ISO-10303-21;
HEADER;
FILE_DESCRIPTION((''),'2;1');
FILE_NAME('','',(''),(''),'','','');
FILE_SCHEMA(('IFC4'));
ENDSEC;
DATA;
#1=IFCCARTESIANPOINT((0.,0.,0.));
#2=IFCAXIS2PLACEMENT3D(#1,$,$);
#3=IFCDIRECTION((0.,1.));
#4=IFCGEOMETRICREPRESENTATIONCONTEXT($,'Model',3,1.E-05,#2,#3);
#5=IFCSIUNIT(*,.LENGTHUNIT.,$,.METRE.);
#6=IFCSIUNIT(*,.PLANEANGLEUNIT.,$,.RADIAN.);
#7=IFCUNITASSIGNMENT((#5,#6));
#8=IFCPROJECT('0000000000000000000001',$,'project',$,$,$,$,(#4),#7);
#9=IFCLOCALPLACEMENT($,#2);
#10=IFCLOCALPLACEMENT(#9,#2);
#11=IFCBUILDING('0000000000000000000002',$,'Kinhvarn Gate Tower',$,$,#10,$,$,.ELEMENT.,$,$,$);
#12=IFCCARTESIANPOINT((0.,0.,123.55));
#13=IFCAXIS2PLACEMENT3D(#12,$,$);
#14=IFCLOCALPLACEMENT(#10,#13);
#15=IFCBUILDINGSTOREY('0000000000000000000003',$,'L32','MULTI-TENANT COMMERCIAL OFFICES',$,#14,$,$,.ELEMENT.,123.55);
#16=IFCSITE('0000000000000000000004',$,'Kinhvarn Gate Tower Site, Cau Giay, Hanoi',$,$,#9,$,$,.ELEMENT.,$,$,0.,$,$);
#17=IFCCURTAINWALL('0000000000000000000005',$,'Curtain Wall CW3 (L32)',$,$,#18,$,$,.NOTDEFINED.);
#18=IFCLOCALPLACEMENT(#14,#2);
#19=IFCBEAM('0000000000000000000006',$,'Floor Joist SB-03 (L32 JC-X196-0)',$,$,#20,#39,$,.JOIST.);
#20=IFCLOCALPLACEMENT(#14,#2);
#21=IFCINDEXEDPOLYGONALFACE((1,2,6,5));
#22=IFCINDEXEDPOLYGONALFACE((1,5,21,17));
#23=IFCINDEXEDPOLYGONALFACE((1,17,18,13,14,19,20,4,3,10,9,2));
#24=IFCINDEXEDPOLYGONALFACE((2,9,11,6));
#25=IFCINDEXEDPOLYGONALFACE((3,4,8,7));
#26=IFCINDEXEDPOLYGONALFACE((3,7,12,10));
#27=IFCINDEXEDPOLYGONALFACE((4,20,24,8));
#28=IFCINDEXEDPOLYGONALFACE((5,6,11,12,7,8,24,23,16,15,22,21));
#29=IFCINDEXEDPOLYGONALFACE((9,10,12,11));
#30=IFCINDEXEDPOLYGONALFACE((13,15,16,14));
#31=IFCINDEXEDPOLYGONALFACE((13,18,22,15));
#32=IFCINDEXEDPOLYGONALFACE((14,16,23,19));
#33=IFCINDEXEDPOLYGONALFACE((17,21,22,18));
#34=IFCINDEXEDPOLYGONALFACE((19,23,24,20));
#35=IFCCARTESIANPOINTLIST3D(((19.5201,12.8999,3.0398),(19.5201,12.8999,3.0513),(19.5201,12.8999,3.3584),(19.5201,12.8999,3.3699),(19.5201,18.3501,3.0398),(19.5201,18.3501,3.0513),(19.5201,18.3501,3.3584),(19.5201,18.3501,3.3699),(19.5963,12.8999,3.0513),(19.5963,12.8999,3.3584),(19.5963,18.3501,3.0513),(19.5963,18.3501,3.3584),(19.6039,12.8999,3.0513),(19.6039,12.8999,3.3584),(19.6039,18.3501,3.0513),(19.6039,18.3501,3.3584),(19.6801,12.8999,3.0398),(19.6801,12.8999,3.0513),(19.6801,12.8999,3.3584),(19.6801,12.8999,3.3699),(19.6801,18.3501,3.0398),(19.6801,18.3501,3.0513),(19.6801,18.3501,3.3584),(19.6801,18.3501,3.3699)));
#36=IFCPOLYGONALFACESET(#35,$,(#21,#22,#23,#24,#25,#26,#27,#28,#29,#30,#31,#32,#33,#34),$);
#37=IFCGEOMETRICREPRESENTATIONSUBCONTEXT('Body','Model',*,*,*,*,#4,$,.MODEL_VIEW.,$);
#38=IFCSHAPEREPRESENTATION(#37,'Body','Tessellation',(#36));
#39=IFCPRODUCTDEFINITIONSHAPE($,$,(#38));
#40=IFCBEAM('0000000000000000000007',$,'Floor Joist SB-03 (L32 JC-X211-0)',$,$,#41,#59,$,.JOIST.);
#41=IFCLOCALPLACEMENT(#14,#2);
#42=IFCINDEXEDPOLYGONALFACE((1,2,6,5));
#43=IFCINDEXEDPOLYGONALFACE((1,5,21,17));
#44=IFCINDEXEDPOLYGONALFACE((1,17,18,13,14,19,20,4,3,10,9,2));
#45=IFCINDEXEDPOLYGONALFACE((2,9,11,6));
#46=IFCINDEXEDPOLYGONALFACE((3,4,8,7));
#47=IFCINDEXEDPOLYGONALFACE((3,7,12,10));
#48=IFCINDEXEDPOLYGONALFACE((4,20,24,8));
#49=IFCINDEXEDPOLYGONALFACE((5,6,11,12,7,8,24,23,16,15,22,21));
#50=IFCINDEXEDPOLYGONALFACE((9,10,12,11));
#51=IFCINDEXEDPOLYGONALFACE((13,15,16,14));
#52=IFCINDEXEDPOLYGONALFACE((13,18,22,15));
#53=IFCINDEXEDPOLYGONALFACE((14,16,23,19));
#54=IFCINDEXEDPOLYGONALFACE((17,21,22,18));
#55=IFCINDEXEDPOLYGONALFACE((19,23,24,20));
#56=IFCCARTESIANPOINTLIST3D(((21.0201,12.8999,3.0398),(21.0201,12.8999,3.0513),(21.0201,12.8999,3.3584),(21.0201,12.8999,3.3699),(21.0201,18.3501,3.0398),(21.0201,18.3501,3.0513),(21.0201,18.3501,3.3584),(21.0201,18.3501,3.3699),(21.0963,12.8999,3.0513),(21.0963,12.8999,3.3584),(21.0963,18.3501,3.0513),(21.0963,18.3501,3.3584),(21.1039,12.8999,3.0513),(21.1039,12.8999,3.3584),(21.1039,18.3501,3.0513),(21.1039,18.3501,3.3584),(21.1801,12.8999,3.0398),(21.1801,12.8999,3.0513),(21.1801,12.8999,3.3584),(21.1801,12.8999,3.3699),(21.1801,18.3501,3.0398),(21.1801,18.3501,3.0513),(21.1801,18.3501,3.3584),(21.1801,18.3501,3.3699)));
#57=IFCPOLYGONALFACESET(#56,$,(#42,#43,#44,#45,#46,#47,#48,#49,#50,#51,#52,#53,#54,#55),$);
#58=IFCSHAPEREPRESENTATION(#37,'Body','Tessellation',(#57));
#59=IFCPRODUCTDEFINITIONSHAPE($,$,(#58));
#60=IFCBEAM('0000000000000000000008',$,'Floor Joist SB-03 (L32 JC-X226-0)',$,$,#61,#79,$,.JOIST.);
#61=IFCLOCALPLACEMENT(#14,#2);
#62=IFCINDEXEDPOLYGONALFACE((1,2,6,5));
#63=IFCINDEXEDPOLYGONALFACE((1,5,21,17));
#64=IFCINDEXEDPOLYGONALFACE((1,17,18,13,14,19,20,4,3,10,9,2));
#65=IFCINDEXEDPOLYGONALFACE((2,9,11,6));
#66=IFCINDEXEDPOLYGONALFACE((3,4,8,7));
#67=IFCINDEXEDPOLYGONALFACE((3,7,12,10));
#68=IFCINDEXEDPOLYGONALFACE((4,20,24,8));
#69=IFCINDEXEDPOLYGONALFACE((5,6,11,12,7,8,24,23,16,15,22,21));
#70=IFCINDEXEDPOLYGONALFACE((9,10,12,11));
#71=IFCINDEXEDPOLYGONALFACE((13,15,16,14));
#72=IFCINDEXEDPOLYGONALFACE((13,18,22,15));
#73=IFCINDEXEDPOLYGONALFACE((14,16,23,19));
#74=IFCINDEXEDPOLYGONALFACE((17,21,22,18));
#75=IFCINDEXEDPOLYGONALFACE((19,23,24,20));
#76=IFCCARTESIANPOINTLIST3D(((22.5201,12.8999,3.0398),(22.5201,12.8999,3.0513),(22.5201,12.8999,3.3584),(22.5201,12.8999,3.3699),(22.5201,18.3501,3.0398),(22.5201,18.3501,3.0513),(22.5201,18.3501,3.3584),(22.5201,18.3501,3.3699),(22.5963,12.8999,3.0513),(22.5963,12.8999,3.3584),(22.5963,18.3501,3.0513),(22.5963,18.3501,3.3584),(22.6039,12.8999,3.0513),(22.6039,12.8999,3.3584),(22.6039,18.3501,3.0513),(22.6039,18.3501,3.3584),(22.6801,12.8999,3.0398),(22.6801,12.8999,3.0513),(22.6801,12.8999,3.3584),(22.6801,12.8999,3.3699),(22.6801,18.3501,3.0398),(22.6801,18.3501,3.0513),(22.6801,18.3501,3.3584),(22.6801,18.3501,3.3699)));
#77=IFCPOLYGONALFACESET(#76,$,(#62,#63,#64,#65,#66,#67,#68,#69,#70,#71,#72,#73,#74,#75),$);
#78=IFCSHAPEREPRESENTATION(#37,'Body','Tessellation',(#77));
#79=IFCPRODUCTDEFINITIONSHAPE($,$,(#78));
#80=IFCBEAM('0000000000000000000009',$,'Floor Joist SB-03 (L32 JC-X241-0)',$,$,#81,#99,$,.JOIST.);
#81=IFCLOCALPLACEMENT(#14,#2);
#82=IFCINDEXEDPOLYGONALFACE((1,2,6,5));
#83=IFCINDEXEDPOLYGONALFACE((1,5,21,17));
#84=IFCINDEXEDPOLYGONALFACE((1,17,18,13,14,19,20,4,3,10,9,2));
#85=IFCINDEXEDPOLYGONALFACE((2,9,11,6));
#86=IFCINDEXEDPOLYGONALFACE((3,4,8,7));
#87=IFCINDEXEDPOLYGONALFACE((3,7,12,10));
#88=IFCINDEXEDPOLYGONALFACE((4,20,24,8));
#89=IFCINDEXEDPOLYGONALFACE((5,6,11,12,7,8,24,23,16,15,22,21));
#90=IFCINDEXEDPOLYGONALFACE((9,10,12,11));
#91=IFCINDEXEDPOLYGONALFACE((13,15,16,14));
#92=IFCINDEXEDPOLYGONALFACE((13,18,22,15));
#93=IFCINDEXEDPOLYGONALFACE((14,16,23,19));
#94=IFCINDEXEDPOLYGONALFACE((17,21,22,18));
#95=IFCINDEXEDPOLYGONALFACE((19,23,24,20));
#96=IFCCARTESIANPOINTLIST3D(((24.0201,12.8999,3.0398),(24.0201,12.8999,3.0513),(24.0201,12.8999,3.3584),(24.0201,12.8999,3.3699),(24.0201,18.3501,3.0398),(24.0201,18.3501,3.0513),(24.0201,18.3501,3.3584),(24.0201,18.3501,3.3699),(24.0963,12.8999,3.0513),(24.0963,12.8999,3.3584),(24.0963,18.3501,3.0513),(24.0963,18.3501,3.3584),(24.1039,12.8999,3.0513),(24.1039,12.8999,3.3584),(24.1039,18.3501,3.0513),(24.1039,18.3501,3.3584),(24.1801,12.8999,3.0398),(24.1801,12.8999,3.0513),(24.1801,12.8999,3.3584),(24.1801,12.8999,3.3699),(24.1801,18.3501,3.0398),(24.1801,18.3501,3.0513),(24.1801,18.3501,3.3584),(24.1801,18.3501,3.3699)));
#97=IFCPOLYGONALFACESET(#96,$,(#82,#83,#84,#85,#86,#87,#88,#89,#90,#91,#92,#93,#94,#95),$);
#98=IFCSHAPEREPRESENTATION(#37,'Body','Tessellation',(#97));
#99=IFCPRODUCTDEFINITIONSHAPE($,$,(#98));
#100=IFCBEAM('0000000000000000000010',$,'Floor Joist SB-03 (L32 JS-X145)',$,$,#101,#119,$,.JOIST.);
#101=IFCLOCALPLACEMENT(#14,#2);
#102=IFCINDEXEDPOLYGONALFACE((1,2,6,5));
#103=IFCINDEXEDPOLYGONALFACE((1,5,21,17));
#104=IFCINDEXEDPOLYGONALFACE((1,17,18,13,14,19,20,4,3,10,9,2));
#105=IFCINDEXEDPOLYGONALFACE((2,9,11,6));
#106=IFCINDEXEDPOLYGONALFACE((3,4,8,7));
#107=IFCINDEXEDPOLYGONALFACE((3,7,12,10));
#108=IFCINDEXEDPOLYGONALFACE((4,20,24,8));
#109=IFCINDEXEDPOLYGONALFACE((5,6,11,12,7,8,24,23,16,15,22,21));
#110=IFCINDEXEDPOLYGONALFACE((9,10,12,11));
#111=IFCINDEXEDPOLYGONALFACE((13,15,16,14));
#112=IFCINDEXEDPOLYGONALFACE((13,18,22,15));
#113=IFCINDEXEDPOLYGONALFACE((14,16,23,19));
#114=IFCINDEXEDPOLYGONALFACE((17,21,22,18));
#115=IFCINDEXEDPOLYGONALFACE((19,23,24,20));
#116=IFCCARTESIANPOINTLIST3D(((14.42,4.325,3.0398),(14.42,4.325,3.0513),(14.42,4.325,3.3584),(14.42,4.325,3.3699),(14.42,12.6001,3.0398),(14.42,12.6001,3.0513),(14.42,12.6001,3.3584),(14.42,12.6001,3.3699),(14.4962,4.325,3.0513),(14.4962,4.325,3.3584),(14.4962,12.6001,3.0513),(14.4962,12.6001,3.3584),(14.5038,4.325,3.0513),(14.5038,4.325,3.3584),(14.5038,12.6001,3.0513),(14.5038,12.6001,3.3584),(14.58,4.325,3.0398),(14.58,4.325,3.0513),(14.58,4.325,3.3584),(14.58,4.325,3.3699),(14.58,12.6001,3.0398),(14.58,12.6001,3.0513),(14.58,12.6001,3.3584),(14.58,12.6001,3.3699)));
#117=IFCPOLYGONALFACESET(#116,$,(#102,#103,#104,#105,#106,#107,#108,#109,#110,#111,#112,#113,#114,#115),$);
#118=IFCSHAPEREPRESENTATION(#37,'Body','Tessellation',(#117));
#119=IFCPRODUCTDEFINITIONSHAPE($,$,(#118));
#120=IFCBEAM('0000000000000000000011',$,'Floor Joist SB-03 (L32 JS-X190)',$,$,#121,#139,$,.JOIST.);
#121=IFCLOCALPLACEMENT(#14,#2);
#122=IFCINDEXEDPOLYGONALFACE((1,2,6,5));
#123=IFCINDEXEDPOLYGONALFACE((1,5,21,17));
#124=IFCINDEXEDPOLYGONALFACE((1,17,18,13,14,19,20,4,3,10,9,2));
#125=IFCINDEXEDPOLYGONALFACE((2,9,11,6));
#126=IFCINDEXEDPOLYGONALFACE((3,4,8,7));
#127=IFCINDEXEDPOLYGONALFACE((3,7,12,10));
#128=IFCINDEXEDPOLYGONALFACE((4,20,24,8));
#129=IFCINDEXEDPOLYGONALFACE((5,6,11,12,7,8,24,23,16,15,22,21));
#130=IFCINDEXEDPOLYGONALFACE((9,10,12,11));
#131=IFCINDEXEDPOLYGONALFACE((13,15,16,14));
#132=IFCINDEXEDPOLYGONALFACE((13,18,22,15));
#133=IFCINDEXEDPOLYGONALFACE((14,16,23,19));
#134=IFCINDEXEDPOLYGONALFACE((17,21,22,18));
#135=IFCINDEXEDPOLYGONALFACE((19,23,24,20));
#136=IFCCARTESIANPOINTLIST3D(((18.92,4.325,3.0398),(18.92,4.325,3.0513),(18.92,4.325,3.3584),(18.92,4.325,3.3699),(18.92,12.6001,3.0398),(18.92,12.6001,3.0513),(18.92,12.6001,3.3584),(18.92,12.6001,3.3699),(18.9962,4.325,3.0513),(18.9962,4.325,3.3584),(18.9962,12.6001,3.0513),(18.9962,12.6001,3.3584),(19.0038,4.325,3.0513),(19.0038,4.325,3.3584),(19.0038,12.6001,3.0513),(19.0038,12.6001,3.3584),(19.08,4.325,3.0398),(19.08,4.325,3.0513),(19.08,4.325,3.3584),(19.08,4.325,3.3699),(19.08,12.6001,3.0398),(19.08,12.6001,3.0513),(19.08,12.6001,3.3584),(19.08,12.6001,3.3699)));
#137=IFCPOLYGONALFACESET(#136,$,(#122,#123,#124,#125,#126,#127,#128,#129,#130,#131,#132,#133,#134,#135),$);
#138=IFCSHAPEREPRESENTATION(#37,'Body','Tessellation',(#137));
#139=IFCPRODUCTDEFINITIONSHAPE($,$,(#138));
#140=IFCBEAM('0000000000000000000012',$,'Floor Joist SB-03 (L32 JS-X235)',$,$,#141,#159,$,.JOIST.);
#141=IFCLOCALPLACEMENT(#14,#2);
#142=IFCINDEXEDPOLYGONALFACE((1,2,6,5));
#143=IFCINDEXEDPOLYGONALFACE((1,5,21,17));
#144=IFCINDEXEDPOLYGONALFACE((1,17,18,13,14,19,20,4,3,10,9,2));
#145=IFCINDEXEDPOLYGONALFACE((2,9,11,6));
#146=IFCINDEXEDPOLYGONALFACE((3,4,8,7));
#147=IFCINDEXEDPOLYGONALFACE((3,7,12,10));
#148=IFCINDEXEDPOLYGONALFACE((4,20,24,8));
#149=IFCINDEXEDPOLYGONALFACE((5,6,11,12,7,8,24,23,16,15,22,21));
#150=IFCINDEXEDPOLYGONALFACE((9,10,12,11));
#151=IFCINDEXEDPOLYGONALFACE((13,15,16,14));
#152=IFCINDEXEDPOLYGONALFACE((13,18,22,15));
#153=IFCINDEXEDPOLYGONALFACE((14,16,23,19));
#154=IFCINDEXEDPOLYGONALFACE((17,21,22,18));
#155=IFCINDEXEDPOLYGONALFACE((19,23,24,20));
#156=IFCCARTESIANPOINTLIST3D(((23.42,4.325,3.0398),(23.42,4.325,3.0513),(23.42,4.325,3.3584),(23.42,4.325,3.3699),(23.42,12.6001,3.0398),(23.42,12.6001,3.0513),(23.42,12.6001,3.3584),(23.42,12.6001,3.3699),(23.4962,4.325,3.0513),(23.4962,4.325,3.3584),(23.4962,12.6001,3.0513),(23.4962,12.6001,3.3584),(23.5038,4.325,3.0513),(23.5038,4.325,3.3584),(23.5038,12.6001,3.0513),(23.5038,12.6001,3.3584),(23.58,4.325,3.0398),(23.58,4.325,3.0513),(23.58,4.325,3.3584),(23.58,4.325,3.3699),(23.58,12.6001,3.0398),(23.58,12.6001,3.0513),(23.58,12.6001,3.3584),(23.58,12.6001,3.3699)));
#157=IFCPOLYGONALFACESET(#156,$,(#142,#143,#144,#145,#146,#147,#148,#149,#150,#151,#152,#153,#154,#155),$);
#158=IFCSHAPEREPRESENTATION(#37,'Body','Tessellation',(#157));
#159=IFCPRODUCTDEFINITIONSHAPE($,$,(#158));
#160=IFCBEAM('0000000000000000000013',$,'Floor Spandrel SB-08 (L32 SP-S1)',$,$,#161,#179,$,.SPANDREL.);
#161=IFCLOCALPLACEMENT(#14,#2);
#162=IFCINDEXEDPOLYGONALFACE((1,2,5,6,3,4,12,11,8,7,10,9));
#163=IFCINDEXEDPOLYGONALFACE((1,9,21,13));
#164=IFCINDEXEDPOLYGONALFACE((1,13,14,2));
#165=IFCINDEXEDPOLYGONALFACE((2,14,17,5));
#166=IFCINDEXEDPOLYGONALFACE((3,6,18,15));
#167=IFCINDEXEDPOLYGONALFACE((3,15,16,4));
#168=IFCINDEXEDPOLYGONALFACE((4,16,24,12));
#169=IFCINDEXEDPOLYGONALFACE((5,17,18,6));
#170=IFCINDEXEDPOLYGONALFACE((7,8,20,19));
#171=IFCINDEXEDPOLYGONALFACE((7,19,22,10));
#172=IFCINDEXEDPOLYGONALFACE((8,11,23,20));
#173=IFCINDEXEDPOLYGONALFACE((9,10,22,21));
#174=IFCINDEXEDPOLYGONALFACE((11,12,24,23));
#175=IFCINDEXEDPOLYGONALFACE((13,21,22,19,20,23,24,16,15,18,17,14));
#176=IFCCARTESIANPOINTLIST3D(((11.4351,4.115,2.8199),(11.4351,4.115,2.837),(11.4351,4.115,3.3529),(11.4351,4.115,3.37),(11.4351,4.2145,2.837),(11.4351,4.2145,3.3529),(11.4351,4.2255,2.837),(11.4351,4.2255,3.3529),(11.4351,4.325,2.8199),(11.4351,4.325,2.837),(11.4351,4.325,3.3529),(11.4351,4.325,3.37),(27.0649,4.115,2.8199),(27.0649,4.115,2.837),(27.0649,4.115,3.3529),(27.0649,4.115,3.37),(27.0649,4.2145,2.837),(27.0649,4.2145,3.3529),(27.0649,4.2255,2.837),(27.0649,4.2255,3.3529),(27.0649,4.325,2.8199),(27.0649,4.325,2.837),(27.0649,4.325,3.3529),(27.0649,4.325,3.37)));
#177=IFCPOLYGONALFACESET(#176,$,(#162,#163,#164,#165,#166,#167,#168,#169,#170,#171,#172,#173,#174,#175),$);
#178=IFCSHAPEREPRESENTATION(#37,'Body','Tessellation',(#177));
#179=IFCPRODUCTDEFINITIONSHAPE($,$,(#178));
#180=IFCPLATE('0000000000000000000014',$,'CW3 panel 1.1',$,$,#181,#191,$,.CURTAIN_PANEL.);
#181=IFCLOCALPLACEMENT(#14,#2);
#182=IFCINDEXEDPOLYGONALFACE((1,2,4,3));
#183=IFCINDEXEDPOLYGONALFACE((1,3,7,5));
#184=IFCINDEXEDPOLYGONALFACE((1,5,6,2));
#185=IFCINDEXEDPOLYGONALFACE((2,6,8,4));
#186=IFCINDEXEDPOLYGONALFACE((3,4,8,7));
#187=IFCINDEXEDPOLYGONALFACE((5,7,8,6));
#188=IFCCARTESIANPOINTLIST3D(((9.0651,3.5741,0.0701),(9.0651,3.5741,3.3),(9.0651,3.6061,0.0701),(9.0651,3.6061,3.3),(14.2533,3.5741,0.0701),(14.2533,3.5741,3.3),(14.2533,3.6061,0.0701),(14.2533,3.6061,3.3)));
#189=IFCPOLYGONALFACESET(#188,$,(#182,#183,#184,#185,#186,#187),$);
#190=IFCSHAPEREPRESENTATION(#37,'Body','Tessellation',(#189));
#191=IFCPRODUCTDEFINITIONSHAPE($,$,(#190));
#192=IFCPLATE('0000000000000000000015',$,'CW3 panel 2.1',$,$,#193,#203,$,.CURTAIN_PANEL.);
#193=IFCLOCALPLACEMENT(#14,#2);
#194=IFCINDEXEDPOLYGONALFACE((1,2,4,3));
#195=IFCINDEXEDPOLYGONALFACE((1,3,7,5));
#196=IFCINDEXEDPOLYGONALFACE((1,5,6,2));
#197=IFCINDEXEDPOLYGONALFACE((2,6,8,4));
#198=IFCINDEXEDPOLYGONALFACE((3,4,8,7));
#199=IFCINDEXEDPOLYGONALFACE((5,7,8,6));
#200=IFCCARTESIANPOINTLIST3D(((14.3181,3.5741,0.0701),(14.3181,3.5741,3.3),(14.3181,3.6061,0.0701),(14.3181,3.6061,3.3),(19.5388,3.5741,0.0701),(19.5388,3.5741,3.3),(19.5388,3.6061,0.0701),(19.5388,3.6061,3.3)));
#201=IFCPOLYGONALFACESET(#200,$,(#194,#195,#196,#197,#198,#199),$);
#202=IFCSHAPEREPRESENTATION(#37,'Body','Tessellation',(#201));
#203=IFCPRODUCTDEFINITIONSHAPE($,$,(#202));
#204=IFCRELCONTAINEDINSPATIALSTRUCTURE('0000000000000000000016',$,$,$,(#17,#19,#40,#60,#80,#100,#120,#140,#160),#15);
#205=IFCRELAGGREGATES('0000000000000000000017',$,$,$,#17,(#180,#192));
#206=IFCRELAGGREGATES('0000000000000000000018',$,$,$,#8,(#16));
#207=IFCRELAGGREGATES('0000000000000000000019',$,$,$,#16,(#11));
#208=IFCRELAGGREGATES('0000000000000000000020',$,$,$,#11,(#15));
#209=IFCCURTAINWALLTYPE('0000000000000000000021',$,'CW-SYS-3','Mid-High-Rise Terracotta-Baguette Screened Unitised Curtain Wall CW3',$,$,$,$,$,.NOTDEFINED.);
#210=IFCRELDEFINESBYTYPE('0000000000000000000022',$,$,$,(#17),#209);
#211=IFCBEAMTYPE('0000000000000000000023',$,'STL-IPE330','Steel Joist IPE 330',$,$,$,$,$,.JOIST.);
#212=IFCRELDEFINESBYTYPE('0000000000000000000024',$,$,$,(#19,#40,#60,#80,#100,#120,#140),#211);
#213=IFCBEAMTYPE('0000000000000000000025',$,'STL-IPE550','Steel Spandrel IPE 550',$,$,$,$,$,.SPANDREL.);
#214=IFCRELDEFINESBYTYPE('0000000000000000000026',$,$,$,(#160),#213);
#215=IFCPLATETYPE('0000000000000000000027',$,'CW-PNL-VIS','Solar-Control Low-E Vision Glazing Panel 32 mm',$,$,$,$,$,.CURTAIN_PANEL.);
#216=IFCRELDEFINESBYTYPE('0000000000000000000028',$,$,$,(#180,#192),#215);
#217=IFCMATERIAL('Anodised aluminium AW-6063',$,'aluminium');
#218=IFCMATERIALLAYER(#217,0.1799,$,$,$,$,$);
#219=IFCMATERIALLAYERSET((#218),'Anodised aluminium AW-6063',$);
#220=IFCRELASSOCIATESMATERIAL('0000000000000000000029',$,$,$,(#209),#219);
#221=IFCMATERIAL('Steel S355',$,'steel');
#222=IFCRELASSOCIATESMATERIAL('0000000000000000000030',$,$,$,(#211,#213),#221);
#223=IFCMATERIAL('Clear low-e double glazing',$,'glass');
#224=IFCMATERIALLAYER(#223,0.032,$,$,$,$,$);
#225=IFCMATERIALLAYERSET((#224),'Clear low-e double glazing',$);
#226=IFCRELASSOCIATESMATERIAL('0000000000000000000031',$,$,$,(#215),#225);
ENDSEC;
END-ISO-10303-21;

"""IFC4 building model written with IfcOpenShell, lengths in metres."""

from ifc_helpers import new_model, si_unit, direction, frame, origin, origin_2d, place, context, subcontext, project, spatial, rectangle, i_section, extrude, material, layer, layer_set, material_profile, profile_set, type_object, element, aggregate, save


model = new_model("IFC4")

# Units and contexts
model_context = context("Model", 3, precision=1e-05, world=origin(), true_north=direction((0.0, 1.0)))
body_context = subcontext(model_context, "Body", "Model", "MODEL_VIEW")
ifc_project = project(units=[si_unit("LENGTHUNIT", "METRE"), si_unit("PLANEANGLEUNIT", "RADIAN")], contexts=[model_context])

# Site, building, storey
site_placement = place(None, origin())
site = spatial("IfcSite", under=ifc_project, at=site_placement, Name="Kinhvarn Gate Tower Site, Cau Giay, Hanoi", CompositionType="ELEMENT", RefElevation=0.0)
building_placement = place(site_placement, origin())
building = spatial("IfcBuilding", under=site, at=building_placement, Name="Kinhvarn Gate Tower", CompositionType="ELEMENT")
storey_placement = place(building_placement, frame((0.0, 0.0, 123.55)))
storey = spatial("IfcBuildingStorey", under=building, at=storey_placement, Name="L32", Description="MULTI-TENANT COMMERCIAL OFFICES", CompositionType="ELEMENT", Elevation=123.55)

# Curtain wall
ifc_material_1 = material(Name="Anodised aluminium AW-6063", Category="aluminium")
ifc_layer_1 = layer(ifc_material_1, 0.1799)
ifc_layer_set_1 = layer_set([ifc_layer_1], Name="Anodised aluminium AW-6063")
curtain_wall_type = type_object("IfcCurtainWallType", Name="CW-SYS-3", Description="Mid-High-Rise Terracotta-Baguette Screened Unitised Curtain Wall CW3", PredefinedType="NOTDEFINED", material=ifc_layer_set_1)
curtain_wall_placement = place(storey_placement, origin())
curtain_wall = element("IfcCurtainWall", 1, at=curtain_wall_placement, inside=storey, type_object=curtain_wall_type, Name="Curtain Wall CW3 (L32)", PredefinedType="NOTDEFINED")

# Beams
ifc_material_2 = material(Name="Steel S355", Category="steel")
ifc_material_profile_1 = material_profile(ifc_material_2, i_section(OverallWidth=0.1599, OverallDepth=0.3301, WebThickness=0.0076, FlangeThickness=0.0115, at=origin_2d()), Name="IPE 330")
ifc_profile_set_1 = profile_set([ifc_material_profile_1], Name="Steel S355")
beam_type_1 = type_object("IfcBeamType", Name="STL-IPE330", Description="Steel Joist IPE 330", PredefinedType="JOIST", material=ifc_profile_set_1)
for number, where, z_axis, x_axis, name in (
    (2, (19.6001, 12.8999, 3.2048), (0.0, 1.0, 0.0), (-1.0, 0.0, 0.0), "Floor Joist SB-03 (L32 JC-X196-0)"),
    (3, (21.1001, 12.8999, 3.2048), (0.0, 1.0, 0.0), (-1.0, 0.0, 0.0), "Floor Joist SB-03 (L32 JC-X211-0)"),
    (4, (22.6001, 12.8999, 3.2048), (0.0, 1.0, 0.0), (-1.0, 0.0, 0.0), "Floor Joist SB-03 (L32 JC-X226-0)"),
    (5, (24.1001, 12.8999, 3.2048), (0.0, 1.0, 0.0), (-1.0, 0.0, 0.0), "Floor Joist SB-03 (L32 JC-X241-0)"),
):
    element("IfcBeam", number, at=place(storey_placement, frame(where, z_axis=z_axis, x_axis=x_axis)), inside=storey, type_object=beam_type_1, Name=name, PredefinedType="JOIST", context=body_context, shape_type="SweptSolid", body=[
        extrude(i_section(OverallWidth=0.1599, OverallDepth=0.3301, WebThickness=0.0076, FlangeThickness=0.0115, at=origin_2d()), origin(), (0.0, 0.0, 1.0), 5.4502),
    ])
for number, where, z_axis, x_axis, name in (
    (6, (14.5, 4.325, 3.2048), (0.0, 1.0, 0.0), (-1.0, 0.0, 0.0), "Floor Joist SB-03 (L32 JS-X145)"),
    (7, (19.0, 4.325, 3.2048), (0.0, 1.0, 0.0), (-1.0, 0.0, 0.0), "Floor Joist SB-03 (L32 JS-X190)"),
    (8, (23.5, 4.325, 3.2048), (0.0, 1.0, 0.0), (-1.0, 0.0, 0.0), "Floor Joist SB-03 (L32 JS-X235)"),
):
    element("IfcBeam", number, at=place(storey_placement, frame(where, z_axis=z_axis, x_axis=x_axis)), inside=storey, type_object=beam_type_1, Name=name, PredefinedType="JOIST", context=body_context, shape_type="SweptSolid", body=[
        extrude(i_section(OverallWidth=0.1599, OverallDepth=0.3301, WebThickness=0.0076, FlangeThickness=0.0115, at=origin_2d()), origin(), (0.0, 0.0, 1.0), 8.2751),
    ])
ifc_material_profile_2 = material_profile(ifc_material_2, i_section(OverallWidth=0.21, OverallDepth=0.55, WebThickness=0.011, FlangeThickness=0.0171, at=origin_2d()), Name="IPE 550")
ifc_profile_set_2 = profile_set([ifc_material_profile_2], Name="Steel S355")
beam_type_2 = type_object("IfcBeamType", Name="STL-IPE550", Description="Steel Spandrel IPE 550", PredefinedType="SPANDREL", material=ifc_profile_set_2)
beam_1_placement = place(storey_placement, frame((11.4351, 4.22, 3.095), z_axis=(1.0, 0.0, 0.0), x_axis=(0.0, 1.0, 0.0)))
element("IfcBeam", 9, at=beam_1_placement, inside=storey, type_object=beam_type_2, Name="Floor Spandrel SB-08 (L32 SP-S1)", PredefinedType="SPANDREL", context=body_context, shape_type="SweptSolid", body=[
    extrude(i_section(OverallWidth=0.21, OverallDepth=0.55, WebThickness=0.011, FlangeThickness=0.0171, at=origin_2d()), origin(), (0.0, 0.0, 1.0), 15.6299),
])

# Plates
ifc_material_3 = material(Name="Clear low-e double glazing", Category="glass")
ifc_layer_2 = layer(ifc_material_3, 0.032)
ifc_layer_set_2 = layer_set([ifc_layer_2], Name="Clear low-e double glazing")
plate_type = type_object("IfcPlateType", Name="CW-PNL-VIS", Description="Solar-Control Low-E Vision Glazing Panel 32 mm", PredefinedType="CURTAIN_PANEL", material=ifc_layer_set_2)
plate_1_placement = place(storey_placement, frame((11.6592, 3.5901, 0.0701), z_axis=(0.0, 0.0, 1.0), x_axis=(1.0, 0.0, 0.0)))
plate_1 = element("IfcPlate", 10, at=plate_1_placement, type_object=plate_type, Name="CW3 panel 1.1", PredefinedType="CURTAIN_PANEL", context=body_context, shape_type="SweptSolid", body=[
    extrude(rectangle(XDim=5.1882, YDim=0.032, at=origin_2d()), origin(), (0.0, 0.0, 1.0), 3.23),
])
plate_2_placement = place(storey_placement, frame((16.9285, 3.5901, 0.0701), z_axis=(0.0, 0.0, 1.0), x_axis=(1.0, 0.0, 0.0)))
plate_2 = element("IfcPlate", 11, at=plate_2_placement, type_object=plate_type, Name="CW3 panel 2.1", PredefinedType="CURTAIN_PANEL", context=body_context, shape_type="SweptSolid", body=[
    extrude(rectangle(XDim=5.2207, YDim=0.032, at=origin_2d()), origin(), (0.0, 0.0, 1.0), 3.23),
])
aggregate(curtain_wall, [plate_1, plate_2])

save(model, "model.ifc")
